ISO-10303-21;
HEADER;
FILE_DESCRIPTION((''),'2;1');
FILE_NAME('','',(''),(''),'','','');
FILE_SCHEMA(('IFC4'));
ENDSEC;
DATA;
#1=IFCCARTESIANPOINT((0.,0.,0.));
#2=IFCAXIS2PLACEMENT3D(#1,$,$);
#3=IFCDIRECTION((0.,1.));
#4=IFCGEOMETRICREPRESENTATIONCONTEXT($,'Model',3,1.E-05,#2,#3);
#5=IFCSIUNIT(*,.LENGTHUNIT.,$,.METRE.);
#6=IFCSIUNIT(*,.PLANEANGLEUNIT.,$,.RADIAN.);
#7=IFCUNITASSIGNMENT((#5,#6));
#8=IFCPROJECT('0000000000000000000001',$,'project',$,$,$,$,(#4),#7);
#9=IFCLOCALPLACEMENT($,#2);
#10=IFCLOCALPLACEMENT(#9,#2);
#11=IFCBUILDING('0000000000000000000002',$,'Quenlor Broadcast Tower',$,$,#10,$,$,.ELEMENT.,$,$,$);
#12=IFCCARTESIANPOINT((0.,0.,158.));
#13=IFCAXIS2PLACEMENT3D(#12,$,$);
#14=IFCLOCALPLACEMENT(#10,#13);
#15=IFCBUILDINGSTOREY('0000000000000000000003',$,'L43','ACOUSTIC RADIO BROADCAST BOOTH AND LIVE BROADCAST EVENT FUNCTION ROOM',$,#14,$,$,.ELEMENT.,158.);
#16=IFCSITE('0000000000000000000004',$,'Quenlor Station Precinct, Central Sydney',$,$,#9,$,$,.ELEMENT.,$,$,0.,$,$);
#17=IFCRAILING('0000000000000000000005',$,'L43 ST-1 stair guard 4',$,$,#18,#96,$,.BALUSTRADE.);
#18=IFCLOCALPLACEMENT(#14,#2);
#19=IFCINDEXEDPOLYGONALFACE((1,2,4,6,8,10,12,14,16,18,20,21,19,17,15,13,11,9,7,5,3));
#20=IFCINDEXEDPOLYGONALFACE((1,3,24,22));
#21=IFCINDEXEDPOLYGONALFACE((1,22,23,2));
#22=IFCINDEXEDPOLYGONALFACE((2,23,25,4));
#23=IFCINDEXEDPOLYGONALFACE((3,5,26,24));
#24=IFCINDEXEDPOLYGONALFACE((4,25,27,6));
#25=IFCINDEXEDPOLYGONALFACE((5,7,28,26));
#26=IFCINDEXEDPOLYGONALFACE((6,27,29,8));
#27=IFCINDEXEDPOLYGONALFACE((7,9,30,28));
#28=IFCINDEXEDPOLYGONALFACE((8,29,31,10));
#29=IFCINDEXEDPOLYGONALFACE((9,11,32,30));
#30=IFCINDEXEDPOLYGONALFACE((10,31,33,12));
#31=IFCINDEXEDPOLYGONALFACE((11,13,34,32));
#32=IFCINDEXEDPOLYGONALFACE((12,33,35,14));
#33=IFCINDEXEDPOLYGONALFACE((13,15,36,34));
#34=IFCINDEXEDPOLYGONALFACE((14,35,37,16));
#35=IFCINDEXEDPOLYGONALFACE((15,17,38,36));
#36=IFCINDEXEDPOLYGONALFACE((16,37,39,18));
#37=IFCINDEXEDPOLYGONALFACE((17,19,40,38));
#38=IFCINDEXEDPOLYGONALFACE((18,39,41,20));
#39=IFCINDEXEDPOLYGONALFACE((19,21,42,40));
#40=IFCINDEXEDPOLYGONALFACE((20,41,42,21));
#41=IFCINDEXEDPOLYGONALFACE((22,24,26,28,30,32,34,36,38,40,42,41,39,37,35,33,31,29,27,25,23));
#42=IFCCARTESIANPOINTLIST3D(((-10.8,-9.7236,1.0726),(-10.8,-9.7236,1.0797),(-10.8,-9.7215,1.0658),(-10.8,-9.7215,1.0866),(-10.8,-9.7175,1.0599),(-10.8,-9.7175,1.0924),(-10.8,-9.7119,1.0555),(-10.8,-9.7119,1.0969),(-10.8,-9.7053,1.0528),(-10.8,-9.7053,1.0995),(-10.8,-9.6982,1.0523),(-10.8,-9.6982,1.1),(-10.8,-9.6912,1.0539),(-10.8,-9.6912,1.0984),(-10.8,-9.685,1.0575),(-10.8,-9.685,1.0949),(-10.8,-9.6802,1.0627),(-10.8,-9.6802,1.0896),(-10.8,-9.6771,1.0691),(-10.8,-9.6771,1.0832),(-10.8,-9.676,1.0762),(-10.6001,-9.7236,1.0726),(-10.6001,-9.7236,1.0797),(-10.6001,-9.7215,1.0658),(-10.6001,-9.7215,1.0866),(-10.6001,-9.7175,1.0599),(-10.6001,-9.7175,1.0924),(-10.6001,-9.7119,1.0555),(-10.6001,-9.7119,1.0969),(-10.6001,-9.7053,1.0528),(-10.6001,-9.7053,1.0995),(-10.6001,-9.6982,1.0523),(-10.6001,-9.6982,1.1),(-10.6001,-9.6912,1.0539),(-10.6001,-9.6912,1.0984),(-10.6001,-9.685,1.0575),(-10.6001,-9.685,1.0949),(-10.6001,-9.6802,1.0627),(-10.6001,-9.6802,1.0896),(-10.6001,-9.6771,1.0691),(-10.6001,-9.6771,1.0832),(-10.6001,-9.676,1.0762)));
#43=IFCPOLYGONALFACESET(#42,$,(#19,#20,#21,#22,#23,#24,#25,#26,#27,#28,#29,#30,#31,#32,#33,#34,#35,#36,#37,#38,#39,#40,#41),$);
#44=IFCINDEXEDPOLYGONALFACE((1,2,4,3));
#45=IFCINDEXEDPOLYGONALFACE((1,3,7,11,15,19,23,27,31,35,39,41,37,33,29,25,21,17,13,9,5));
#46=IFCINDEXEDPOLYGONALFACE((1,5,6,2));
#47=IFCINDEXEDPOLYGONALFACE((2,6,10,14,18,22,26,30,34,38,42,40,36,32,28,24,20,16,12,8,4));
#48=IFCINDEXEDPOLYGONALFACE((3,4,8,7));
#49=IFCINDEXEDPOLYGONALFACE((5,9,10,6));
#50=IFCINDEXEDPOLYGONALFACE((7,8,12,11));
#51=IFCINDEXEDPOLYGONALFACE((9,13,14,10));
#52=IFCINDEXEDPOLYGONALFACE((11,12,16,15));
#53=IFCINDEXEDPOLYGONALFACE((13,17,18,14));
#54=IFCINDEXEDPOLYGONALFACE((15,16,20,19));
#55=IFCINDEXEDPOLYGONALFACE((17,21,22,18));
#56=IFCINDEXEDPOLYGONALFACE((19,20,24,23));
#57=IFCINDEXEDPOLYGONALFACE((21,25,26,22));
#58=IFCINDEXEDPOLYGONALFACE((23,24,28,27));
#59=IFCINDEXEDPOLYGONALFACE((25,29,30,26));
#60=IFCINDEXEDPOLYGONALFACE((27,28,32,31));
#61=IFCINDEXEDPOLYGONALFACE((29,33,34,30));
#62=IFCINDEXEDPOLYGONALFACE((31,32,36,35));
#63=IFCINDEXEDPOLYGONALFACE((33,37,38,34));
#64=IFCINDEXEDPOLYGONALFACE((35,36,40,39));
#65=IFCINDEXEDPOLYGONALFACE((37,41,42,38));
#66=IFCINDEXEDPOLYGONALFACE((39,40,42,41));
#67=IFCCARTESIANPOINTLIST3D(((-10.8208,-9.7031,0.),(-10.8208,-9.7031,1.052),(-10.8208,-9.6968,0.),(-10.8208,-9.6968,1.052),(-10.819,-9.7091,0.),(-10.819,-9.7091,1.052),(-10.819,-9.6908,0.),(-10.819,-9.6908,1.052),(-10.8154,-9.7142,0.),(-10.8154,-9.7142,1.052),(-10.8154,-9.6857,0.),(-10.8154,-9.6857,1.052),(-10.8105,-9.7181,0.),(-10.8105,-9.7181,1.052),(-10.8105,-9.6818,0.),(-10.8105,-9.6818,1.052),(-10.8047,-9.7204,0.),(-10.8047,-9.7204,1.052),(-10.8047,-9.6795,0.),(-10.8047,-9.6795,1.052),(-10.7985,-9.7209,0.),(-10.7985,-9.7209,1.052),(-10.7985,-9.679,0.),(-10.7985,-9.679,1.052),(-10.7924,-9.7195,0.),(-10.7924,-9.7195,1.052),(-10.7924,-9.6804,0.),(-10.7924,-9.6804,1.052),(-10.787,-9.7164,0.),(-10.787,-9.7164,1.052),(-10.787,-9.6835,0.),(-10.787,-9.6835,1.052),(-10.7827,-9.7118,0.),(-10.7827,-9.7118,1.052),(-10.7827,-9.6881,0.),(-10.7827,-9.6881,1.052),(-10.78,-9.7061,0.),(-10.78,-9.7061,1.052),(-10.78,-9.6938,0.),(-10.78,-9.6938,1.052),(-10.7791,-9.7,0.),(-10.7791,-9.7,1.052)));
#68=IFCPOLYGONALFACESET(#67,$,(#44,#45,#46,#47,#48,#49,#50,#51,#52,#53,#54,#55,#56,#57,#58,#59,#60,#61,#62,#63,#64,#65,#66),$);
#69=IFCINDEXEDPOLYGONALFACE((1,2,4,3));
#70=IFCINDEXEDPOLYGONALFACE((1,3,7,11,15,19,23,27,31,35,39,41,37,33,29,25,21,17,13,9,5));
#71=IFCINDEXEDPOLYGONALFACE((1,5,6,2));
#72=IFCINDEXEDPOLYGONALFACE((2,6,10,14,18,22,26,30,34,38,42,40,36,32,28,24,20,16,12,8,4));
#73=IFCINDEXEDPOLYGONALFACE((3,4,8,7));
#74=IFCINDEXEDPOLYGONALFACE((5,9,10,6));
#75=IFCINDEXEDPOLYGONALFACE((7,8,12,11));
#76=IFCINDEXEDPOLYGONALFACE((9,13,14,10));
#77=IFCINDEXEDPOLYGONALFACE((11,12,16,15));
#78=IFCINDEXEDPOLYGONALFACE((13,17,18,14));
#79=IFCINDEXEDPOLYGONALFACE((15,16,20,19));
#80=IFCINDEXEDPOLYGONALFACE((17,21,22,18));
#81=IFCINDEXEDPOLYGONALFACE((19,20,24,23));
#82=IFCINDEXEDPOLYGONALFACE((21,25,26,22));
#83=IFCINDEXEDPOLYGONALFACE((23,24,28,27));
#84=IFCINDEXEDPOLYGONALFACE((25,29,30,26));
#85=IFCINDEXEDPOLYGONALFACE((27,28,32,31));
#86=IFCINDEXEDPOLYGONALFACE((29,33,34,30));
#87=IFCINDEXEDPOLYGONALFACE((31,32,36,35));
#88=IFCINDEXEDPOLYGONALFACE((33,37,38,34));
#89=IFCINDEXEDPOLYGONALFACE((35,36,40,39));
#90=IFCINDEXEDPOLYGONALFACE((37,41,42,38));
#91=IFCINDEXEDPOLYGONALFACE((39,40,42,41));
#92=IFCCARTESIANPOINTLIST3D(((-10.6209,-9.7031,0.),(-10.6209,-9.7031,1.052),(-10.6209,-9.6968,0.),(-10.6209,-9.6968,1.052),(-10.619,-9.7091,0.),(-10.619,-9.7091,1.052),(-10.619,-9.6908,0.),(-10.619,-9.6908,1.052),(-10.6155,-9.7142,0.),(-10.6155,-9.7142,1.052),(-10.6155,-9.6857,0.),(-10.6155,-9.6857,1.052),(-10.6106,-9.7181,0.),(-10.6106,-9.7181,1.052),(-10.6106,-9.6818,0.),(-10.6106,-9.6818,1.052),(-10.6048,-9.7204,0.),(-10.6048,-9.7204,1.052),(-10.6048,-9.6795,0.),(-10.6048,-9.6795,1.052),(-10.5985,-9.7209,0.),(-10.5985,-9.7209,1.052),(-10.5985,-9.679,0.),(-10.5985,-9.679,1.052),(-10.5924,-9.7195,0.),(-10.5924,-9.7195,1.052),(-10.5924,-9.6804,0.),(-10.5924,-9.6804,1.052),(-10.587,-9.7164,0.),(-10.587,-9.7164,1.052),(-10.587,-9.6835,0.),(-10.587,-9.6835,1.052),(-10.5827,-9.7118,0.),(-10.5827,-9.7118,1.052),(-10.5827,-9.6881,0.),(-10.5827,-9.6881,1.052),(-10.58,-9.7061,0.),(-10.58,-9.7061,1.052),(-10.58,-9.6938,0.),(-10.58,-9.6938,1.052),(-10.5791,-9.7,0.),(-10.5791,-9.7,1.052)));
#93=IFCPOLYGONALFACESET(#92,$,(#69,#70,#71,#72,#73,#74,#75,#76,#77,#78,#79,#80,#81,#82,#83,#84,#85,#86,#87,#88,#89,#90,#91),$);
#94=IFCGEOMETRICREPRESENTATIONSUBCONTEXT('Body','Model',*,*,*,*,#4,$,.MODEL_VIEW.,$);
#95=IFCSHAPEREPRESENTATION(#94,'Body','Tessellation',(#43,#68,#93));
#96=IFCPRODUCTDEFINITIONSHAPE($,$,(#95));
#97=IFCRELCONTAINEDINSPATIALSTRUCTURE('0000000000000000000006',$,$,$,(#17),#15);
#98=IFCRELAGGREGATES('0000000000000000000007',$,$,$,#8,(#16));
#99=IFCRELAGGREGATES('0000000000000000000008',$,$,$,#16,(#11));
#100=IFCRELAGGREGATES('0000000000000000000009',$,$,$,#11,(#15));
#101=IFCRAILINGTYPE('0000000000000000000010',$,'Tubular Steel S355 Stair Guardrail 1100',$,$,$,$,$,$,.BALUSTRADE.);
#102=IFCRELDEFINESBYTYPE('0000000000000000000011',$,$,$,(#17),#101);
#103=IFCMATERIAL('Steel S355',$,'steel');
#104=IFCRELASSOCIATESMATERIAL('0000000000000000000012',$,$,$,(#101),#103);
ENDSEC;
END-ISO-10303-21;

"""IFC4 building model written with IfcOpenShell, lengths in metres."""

from ifc_helpers import new_model, si_unit, direction, frame, origin, origin_2d, place, context, subcontext, project, spatial, circle, extrude, material, type_object, element, save


model = new_model("IFC4")

# Units and contexts
model_context = context("Model", 3, precision=1e-05, world=origin(), true_north=direction((0.0, 1.0)))
body_context = subcontext(model_context, "Body", "Model", "MODEL_VIEW")
ifc_project = project(units=[si_unit("LENGTHUNIT", "METRE"), si_unit("PLANEANGLEUNIT", "RADIAN")], contexts=[model_context])

# Site, building, storey
site_placement = place(None, origin())
site = spatial("IfcSite", under=ifc_project, at=site_placement, Name="Quenlor Station Precinct, Central Sydney", CompositionType="ELEMENT", RefElevation=0.0)
building_placement = place(site_placement, origin())
building = spatial("IfcBuilding", under=site, at=building_placement, Name="Quenlor Broadcast Tower", CompositionType="ELEMENT")
storey_placement = place(building_placement, frame((0.0, 0.0, 158.0)))
storey = spatial("IfcBuildingStorey", under=building, at=storey_placement, Name="L43", Description="ACOUSTIC RADIO BROADCAST BOOTH AND LIVE BROADCAST EVENT FUNCTION ROOM", CompositionType="ELEMENT", Elevation=158.0)

# Railing
ifc_material_1 = material(Name="Steel S355", Category="steel")
railing_type_1 = type_object("IfcRailingType", Name="Tubular Steel S355 Stair Guardrail 1100", PredefinedType="BALUSTRADE", material=ifc_material_1)
railing_1_placement = place(storey_placement, frame((-10.8, -9.7, 0.0)))
element("IfcRailing", 1, at=railing_1_placement, inside=storey, type_object=railing_type_1, Name="L43 ST-1 stair guard 4", PredefinedType="BALUSTRADE", context=body_context, shape_type="SweptSolid", body=[
    extrude(circle(Radius=0.0239, at=origin_2d()), frame((0.0, 0.0, 1.0762), z_axis=(1.0, 0.0, 0.0), x_axis=(0.0, 1.0, 0.0)), (0.0, 0.0, 1.0), 0.2),
    extrude(circle(Radius=0.021, at=origin_2d()), origin(), (0.0, 0.0, 1.0), 1.052),
    extrude(circle(Radius=0.021, at=origin_2d()), frame((0.2, 0.0, 0.0)), (0.0, 0.0, 1.0), 1.052),
])

save(model, "model.ifc")
